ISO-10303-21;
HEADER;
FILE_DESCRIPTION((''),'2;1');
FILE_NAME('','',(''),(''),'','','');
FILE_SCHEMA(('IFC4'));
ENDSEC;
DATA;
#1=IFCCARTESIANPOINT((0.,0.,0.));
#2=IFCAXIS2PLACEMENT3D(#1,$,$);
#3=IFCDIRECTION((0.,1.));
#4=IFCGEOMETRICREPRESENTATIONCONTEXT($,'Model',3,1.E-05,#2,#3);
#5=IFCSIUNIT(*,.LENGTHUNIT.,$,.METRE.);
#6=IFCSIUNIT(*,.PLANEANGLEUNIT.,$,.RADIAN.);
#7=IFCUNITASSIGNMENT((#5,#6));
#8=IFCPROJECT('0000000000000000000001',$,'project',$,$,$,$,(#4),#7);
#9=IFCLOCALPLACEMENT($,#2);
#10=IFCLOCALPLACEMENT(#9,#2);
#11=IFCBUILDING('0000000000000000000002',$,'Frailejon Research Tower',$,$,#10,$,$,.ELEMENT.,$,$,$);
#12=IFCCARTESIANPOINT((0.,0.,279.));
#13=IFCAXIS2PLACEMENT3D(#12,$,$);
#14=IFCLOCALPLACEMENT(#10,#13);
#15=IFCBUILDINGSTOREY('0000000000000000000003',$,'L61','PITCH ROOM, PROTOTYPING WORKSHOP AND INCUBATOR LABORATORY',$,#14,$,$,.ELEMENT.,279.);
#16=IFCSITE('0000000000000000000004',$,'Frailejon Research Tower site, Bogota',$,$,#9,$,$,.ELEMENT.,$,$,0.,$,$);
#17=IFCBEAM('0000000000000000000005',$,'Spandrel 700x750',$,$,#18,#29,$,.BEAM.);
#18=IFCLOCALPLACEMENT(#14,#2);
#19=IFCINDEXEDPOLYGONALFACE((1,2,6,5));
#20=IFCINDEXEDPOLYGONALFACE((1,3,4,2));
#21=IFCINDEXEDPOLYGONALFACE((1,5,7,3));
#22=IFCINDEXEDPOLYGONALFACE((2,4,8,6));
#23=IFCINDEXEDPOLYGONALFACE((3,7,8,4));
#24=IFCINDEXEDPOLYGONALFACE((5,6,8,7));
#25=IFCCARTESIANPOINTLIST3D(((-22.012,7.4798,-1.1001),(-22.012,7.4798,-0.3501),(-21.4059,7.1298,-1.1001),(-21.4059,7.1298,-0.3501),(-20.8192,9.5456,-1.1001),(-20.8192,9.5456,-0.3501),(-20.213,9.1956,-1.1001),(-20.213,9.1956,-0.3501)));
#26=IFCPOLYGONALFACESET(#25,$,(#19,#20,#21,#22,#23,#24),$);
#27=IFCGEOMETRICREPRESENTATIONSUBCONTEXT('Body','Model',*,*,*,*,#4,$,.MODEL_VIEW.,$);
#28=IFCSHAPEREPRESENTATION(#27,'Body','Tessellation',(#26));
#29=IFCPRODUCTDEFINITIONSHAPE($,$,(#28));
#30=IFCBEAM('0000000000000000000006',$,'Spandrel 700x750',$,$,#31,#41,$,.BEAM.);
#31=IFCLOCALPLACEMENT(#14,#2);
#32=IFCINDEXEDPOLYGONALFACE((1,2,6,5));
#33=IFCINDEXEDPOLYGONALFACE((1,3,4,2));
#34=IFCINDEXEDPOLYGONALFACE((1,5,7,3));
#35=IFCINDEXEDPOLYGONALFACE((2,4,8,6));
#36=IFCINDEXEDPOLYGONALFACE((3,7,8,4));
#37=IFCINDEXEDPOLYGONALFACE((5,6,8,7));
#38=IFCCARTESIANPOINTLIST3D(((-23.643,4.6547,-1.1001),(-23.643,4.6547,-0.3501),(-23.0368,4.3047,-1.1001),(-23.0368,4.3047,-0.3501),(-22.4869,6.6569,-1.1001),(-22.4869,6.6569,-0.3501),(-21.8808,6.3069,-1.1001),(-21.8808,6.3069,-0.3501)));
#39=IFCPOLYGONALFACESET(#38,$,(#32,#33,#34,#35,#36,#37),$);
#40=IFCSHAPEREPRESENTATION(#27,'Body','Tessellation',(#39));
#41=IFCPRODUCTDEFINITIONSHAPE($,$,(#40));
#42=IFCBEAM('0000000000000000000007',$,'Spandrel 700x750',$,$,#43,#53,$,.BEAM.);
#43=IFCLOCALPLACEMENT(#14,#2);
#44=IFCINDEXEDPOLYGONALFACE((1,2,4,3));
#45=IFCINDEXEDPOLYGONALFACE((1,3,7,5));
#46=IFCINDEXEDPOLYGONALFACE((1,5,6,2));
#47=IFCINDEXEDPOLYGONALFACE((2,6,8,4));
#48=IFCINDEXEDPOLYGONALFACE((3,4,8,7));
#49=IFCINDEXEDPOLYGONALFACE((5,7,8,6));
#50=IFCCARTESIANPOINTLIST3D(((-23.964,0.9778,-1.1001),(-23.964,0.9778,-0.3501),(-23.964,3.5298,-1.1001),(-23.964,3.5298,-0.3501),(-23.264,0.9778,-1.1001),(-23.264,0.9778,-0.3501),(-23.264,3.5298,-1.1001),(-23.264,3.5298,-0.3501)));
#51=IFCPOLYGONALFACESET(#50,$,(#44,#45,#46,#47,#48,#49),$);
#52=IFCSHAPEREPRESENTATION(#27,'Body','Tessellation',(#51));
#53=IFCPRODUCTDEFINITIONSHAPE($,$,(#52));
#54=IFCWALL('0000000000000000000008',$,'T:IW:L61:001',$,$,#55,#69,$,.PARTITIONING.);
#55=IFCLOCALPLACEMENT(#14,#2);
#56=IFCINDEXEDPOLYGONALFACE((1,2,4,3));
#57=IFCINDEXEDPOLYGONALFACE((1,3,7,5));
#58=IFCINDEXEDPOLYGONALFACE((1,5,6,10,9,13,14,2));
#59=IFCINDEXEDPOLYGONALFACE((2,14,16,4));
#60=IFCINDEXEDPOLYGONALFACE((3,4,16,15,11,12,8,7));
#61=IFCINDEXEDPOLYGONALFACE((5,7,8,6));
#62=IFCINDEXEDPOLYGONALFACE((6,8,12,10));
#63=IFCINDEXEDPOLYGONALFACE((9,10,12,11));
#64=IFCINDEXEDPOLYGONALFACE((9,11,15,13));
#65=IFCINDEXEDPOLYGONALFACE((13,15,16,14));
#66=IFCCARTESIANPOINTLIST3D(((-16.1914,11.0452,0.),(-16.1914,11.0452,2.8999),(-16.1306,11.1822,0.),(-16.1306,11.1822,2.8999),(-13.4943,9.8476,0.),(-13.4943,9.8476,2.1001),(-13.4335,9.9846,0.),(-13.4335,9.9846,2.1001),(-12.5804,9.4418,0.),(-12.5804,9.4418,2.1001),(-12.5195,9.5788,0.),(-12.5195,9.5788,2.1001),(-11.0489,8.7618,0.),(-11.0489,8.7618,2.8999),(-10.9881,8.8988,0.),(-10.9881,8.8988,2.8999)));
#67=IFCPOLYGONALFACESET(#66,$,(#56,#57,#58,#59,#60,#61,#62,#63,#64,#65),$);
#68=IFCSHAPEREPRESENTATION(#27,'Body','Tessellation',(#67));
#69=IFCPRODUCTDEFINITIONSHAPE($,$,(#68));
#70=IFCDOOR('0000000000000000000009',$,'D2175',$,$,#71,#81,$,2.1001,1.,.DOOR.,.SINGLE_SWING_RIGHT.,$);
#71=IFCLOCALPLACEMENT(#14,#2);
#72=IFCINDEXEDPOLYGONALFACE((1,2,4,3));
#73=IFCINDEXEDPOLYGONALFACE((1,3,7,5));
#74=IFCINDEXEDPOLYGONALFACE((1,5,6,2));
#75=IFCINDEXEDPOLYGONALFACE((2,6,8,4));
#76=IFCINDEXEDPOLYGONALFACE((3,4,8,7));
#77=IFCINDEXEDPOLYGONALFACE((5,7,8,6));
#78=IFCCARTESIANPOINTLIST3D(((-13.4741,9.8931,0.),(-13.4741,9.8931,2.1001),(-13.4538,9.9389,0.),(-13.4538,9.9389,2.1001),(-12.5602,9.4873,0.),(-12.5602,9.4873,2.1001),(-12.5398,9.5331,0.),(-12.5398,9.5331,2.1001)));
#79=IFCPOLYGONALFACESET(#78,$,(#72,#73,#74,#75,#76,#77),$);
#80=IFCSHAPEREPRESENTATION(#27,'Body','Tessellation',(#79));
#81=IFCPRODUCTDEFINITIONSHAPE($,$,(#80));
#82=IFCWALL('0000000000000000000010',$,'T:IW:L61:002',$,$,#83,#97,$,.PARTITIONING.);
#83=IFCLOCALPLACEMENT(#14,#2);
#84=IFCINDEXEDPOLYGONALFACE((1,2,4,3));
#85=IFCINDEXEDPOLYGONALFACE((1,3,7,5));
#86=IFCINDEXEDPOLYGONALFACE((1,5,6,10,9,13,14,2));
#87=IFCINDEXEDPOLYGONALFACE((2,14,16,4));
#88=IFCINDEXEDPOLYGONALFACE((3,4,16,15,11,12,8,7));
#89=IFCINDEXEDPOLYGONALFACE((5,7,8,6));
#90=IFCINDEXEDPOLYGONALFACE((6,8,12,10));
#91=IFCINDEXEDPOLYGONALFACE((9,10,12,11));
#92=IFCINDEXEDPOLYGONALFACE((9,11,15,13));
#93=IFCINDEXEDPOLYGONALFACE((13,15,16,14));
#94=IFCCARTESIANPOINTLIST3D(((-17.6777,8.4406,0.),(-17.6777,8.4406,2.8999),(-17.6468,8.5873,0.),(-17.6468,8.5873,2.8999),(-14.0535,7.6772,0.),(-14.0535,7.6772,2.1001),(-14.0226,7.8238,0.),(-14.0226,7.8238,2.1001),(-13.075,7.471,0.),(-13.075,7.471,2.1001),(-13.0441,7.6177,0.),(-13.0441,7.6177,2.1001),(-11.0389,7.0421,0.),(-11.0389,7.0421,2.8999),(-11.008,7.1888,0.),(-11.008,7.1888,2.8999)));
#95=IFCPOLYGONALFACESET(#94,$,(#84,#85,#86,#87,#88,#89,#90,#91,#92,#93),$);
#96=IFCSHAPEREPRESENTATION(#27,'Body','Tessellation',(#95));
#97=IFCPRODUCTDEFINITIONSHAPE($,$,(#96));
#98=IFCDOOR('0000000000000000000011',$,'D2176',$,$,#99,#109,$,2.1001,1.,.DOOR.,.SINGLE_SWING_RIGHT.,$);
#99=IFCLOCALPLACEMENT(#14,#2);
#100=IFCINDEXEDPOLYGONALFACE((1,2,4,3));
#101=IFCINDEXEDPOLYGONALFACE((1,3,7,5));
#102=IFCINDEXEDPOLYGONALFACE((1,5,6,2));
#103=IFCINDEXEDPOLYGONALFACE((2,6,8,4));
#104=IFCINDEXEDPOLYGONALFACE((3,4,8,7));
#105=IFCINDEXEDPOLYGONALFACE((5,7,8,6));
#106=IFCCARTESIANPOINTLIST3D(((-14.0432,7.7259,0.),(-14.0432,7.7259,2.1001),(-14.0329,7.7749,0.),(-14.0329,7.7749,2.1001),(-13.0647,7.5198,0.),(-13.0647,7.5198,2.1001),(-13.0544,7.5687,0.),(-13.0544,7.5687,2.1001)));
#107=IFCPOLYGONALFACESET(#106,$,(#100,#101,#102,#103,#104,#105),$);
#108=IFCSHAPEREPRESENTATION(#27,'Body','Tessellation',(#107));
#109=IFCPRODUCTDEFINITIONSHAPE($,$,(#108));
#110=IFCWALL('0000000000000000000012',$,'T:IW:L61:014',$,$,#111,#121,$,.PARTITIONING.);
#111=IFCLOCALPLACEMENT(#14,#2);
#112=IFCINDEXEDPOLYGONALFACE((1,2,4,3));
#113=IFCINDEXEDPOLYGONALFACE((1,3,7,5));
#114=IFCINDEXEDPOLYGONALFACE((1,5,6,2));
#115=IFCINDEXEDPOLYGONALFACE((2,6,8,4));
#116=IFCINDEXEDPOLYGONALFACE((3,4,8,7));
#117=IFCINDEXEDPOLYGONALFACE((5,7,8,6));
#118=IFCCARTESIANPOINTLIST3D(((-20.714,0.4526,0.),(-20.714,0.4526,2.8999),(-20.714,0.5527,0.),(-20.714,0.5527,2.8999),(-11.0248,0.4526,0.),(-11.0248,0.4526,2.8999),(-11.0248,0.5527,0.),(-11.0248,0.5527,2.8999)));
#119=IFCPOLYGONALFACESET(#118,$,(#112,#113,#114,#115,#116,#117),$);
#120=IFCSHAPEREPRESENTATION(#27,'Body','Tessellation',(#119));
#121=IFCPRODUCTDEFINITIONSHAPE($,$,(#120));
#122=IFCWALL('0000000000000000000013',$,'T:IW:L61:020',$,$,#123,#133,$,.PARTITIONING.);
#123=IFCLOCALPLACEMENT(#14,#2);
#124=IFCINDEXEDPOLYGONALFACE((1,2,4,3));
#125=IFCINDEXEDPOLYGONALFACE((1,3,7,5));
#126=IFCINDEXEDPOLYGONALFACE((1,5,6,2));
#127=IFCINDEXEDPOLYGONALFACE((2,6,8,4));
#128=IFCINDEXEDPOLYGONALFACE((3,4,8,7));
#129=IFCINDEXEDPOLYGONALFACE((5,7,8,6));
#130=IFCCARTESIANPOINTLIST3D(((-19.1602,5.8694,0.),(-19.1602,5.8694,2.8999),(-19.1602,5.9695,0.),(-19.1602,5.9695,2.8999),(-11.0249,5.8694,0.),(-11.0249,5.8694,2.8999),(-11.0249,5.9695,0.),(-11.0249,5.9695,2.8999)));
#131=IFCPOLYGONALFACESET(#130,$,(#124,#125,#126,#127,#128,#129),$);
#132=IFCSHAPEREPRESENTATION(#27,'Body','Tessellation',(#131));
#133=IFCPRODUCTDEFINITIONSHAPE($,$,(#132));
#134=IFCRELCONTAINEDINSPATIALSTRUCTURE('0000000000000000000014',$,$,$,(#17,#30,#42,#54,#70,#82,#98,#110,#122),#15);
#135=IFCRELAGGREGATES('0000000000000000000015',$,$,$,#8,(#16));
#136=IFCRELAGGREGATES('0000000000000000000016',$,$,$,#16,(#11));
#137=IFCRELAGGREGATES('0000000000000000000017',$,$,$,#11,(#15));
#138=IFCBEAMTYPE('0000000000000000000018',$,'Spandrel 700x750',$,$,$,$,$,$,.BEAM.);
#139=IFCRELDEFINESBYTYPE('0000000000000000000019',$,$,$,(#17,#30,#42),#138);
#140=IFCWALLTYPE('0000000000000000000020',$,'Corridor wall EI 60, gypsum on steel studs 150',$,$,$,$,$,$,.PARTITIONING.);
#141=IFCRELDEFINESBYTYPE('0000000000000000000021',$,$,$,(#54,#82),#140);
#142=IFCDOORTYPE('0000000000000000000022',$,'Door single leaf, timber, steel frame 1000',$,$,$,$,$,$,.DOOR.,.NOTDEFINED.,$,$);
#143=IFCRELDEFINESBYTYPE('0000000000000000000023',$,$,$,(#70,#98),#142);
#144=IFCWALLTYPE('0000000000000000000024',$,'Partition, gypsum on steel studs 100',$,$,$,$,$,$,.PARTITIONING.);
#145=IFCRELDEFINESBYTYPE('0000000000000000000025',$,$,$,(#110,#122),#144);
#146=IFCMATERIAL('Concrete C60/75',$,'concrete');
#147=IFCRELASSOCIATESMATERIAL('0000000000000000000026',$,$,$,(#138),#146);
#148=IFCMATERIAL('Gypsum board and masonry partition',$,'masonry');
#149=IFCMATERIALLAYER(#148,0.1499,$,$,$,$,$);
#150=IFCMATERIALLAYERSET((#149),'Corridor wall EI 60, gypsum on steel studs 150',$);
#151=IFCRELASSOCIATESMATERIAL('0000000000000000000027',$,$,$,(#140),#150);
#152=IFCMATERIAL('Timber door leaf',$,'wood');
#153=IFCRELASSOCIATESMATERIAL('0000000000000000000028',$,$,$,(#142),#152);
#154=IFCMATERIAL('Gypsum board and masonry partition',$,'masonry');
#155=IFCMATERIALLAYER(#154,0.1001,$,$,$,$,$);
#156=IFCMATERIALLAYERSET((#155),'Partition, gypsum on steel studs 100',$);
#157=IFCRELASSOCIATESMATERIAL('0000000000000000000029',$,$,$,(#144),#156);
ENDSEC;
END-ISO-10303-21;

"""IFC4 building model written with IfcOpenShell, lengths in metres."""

from ifc_helpers import new_model, si_unit, direction, frame, frame_2d, origin, origin_2d, place, context, subcontext, project, spatial, rectangle, extrude, material, layer, layer_set, material_profile, profile_set, type_object, element, fill, save


model = new_model("IFC4")

# Units and contexts
model_context = context("Model", 3, precision=1e-05, world=origin(), true_north=direction((0.0, 1.0)))
body_context = subcontext(model_context, "Body", "Model", "MODEL_VIEW")
ifc_project = project(units=[si_unit("LENGTHUNIT", "METRE"), si_unit("PLANEANGLEUNIT", "RADIAN")], contexts=[model_context])

# Site, building, storey
site_placement = place(None, origin())
site = spatial("IfcSite", under=ifc_project, at=site_placement, Name="Frailejon Research Tower site, Bogota", CompositionType="ELEMENT", RefElevation=0.0)
building_placement = place(site_placement, origin())
building = spatial("IfcBuilding", under=site, at=building_placement, Name="Frailejon Research Tower", CompositionType="ELEMENT")
storey_placement = place(building_placement, frame((0.0, 0.0, 279.0)))
storey = spatial("IfcBuildingStorey", under=building, at=storey_placement, Name="L61", Description="PITCH ROOM, PROTOTYPING WORKSHOP AND INCUBATOR LABORATORY", CompositionType="ELEMENT", Elevation=279.0)

# Beams
ifc_material_1 = material(Name="Concrete C60/75", Category="concrete")
ifc_material_profile_1 = material_profile(ifc_material_1, rectangle(XDim=0.7, YDim=0.75, at=origin_2d()), Name="Spandrel 700x750")
ifc_profile_set_1 = profile_set([ifc_material_profile_1], Name="Concrete C60/75")
beam_type_1 = type_object("IfcBeamType", Name="Spandrel 700x750", PredefinedType="BEAM", material=ifc_profile_set_1)
beam_1_placement = place(storey_placement, frame((-20.5161, 9.3706, -0.7251), z_axis=(-0.500035, -0.866005, 0.0), x_axis=(0.866005, -0.500035, 0.0)))
element("IfcBeam", 1, at=beam_1_placement, inside=storey, type_object=beam_type_1, Name="Spandrel 700x750", PredefinedType="BEAM", context=body_context, shape_type="SweptSolid", body=[
    extrude(rectangle(XDim=0.7, YDim=0.75, at=origin_2d()), origin(), (0.0, 0.0, 1.0), 2.3855),
])
beam_2_placement = place(storey_placement, frame((-22.1838, 6.4819, -0.7251), z_axis=(-0.500012, -0.866019, 0.0), x_axis=(0.866019, -0.500012, 0.0)))
element("IfcBeam", 2, at=beam_2_placement, inside=storey, type_object=beam_type_1, Name="Spandrel 700x750", PredefinedType="BEAM", context=body_context, shape_type="SweptSolid", body=[
    extrude(rectangle(XDim=0.7, YDim=0.75, at=origin_2d()), origin(), (0.0, 0.0, 1.0), 2.312),
])
beam_3_placement = place(storey_placement, frame((-23.614, 3.5298, -0.7251), z_axis=(0.0, -1.0, 0.0), x_axis=(1.0, 0.0, 0.0)))
element("IfcBeam", 3, at=beam_3_placement, inside=storey, type_object=beam_type_1, Name="Spandrel 700x750", PredefinedType="BEAM", context=body_context, shape_type="SweptSolid", body=[
    extrude(rectangle(XDim=0.7, YDim=0.75, at=origin_2d()), origin(), (0.0, 0.0, 1.0), 2.552),
])

# Walls, openings, doors
ifc_material_2 = material(Name="Gypsum board and masonry partition", Category="masonry")
ifc_layer_1 = layer(ifc_material_2, 0.1499)
ifc_layer_set_1 = layer_set([ifc_layer_1], Name="Corridor wall EI 60, gypsum on steel studs 150")
wall_type_1 = type_object("IfcWallType", Name="Corridor wall EI 60, gypsum on steel studs 150", PredefinedType="PARTITIONING", material=ifc_layer_set_1)
wall_1_placement = place(storey_placement, frame((-16.1611, 11.1138, 0.0), z_axis=(0.0, 0.0, 1.0), x_axis=(0.913953, -0.40582, 0.0)))
wall_1 = element("IfcWall", 4, at=wall_1_placement, inside=storey, type_object=wall_type_1, Name="T:IW:L61:001", PredefinedType="PARTITIONING", context=body_context, shape_type="SweptSolid", body=[
    extrude(rectangle(XDim=5.6267, YDim=0.1499, at=frame_2d((2.8135, 0.0))), origin(), (0.0, 0.0, 1.0), 2.8999),
])
opening_1_placement = place(wall_1_placement, frame((2.9512, 0.0, 0.0)))
opening_1 = element("IfcOpeningElement", 5, at=opening_1_placement, cuts=wall_1, PredefinedType="OPENING", context=body_context, shape_type="SweptSolid", body=[
    extrude(rectangle(XDim=1.0, YDim=2.1001, at=frame_2d((0.5, 1.05))), frame((0.0, 0.085, 0.0), z_axis=(0.0, -1.0, 0.0), x_axis=(1.0, 0.0, 0.0)), (0.0, 0.0, 1.0), 0.1699),
])
ifc_material_3 = material(Name="Timber door leaf", Category="wood")
door_type = type_object("IfcDoorType", Name="Door single leaf, timber, steel frame 1000", OperationType="NOTDEFINED", PredefinedType="DOOR", material=ifc_material_3)
door_1_placement = place(opening_1_placement, origin())
door_1 = element("IfcDoor", 6, at=door_1_placement, inside=storey, type_object=door_type, Name="D2175", OperationType="SINGLE_SWING_RIGHT", OverallHeight=2.1001, OverallWidth=1.0, PredefinedType="DOOR", context=body_context, shape_type="SweptSolid", body=[
    extrude(rectangle(XDim=1.0, YDim=2.1001, at=frame_2d((0.5, 1.05))), frame((0.0, 0.0249, 0.0), z_axis=(0.0, -1.0, 0.0), x_axis=(1.0, 0.0, 0.0)), (0.0, 0.0, 1.0), 0.05),
])
fill(opening_1, door_1)
wall_2_placement = place(storey_placement, frame((-17.6621, 8.5139, 0.0), z_axis=(0.0, 0.0, 1.0), x_axis=(0.978525, -0.206127, 0.0)))
wall_2 = element("IfcWall", 7, at=wall_2_placement, inside=storey, type_object=wall_type_1, Name="T:IW:L61:002", PredefinedType="PARTITIONING", context=body_context, shape_type="SweptSolid", body=[
    extrude(rectangle(XDim=6.7844, YDim=0.1499, at=frame_2d((3.3921, 0.0))), origin(), (0.0, 0.0, 1.0), 2.8999),
])
opening_2_placement = place(wall_2_placement, frame((3.7036, 0.0, 0.0)))
opening_2 = element("IfcOpeningElement", 8, at=opening_2_placement, cuts=wall_2, PredefinedType="OPENING", context=body_context, shape_type="SweptSolid", body=[
    extrude(rectangle(XDim=1.0, YDim=2.1001, at=frame_2d((0.5, 1.05))), frame((0.0, 0.085, 0.0), z_axis=(0.0, -1.0, 0.0), x_axis=(1.0, 0.0, 0.0)), (0.0, 0.0, 1.0), 0.1699),
])
door_2_placement = place(opening_2_placement, origin())
door_2 = element("IfcDoor", 9, at=door_2_placement, inside=storey, type_object=door_type, Name="D2176", OperationType="SINGLE_SWING_RIGHT", OverallHeight=2.1001, OverallWidth=1.0, PredefinedType="DOOR", context=body_context, shape_type="SweptSolid", body=[
    extrude(rectangle(XDim=1.0, YDim=2.1001, at=frame_2d((0.5, 1.05))), frame((0.0, 0.0249, 0.0), z_axis=(0.0, -1.0, 0.0), x_axis=(1.0, 0.0, 0.0)), (0.0, 0.0, 1.0), 0.05),
])
fill(opening_2, door_2)

# Walls
ifc_material_4 = material(Name="Gypsum board and masonry partition", Category="masonry")
ifc_layer_2 = layer(ifc_material_4, 0.1001)
ifc_layer_set_2 = layer_set([ifc_layer_2], Name="Partition, gypsum on steel studs 100")
wall_type_2 = type_object("IfcWallType", Name="Partition, gypsum on steel studs 100", PredefinedType="PARTITIONING", material=ifc_layer_set_2)
wall_3_placement = place(storey_placement, frame((-20.7141, 0.5027, 0.0), z_axis=(0.0, 0.0, 1.0), x_axis=(1.0, 0.0, 0.0)))
element("IfcWall", 10, at=wall_3_placement, inside=storey, type_object=wall_type_2, Name="T:IW:L61:014", PredefinedType="PARTITIONING", context=body_context, shape_type="SweptSolid", body=[
    extrude(rectangle(XDim=9.6892, YDim=0.1001, at=frame_2d((4.8447, 0.0))), origin(), (0.0, 0.0, 1.0), 2.8999),
])
wall_4_placement = place(storey_placement, frame((-19.1602, 5.9194, 0.0), z_axis=(0.0, 0.0, 1.0), x_axis=(1.0, 0.0, 0.0)))
element("IfcWall", 11, at=wall_4_placement, inside=storey, type_object=wall_type_2, Name="T:IW:L61:020", PredefinedType="PARTITIONING", context=body_context, shape_type="SweptSolid", body=[
    extrude(rectangle(XDim=8.1353, YDim=0.1001, at=frame_2d((4.0676, 0.0))), origin(), (0.0, 0.0, 1.0), 2.8999),
])

save(model, "model.ifc")
